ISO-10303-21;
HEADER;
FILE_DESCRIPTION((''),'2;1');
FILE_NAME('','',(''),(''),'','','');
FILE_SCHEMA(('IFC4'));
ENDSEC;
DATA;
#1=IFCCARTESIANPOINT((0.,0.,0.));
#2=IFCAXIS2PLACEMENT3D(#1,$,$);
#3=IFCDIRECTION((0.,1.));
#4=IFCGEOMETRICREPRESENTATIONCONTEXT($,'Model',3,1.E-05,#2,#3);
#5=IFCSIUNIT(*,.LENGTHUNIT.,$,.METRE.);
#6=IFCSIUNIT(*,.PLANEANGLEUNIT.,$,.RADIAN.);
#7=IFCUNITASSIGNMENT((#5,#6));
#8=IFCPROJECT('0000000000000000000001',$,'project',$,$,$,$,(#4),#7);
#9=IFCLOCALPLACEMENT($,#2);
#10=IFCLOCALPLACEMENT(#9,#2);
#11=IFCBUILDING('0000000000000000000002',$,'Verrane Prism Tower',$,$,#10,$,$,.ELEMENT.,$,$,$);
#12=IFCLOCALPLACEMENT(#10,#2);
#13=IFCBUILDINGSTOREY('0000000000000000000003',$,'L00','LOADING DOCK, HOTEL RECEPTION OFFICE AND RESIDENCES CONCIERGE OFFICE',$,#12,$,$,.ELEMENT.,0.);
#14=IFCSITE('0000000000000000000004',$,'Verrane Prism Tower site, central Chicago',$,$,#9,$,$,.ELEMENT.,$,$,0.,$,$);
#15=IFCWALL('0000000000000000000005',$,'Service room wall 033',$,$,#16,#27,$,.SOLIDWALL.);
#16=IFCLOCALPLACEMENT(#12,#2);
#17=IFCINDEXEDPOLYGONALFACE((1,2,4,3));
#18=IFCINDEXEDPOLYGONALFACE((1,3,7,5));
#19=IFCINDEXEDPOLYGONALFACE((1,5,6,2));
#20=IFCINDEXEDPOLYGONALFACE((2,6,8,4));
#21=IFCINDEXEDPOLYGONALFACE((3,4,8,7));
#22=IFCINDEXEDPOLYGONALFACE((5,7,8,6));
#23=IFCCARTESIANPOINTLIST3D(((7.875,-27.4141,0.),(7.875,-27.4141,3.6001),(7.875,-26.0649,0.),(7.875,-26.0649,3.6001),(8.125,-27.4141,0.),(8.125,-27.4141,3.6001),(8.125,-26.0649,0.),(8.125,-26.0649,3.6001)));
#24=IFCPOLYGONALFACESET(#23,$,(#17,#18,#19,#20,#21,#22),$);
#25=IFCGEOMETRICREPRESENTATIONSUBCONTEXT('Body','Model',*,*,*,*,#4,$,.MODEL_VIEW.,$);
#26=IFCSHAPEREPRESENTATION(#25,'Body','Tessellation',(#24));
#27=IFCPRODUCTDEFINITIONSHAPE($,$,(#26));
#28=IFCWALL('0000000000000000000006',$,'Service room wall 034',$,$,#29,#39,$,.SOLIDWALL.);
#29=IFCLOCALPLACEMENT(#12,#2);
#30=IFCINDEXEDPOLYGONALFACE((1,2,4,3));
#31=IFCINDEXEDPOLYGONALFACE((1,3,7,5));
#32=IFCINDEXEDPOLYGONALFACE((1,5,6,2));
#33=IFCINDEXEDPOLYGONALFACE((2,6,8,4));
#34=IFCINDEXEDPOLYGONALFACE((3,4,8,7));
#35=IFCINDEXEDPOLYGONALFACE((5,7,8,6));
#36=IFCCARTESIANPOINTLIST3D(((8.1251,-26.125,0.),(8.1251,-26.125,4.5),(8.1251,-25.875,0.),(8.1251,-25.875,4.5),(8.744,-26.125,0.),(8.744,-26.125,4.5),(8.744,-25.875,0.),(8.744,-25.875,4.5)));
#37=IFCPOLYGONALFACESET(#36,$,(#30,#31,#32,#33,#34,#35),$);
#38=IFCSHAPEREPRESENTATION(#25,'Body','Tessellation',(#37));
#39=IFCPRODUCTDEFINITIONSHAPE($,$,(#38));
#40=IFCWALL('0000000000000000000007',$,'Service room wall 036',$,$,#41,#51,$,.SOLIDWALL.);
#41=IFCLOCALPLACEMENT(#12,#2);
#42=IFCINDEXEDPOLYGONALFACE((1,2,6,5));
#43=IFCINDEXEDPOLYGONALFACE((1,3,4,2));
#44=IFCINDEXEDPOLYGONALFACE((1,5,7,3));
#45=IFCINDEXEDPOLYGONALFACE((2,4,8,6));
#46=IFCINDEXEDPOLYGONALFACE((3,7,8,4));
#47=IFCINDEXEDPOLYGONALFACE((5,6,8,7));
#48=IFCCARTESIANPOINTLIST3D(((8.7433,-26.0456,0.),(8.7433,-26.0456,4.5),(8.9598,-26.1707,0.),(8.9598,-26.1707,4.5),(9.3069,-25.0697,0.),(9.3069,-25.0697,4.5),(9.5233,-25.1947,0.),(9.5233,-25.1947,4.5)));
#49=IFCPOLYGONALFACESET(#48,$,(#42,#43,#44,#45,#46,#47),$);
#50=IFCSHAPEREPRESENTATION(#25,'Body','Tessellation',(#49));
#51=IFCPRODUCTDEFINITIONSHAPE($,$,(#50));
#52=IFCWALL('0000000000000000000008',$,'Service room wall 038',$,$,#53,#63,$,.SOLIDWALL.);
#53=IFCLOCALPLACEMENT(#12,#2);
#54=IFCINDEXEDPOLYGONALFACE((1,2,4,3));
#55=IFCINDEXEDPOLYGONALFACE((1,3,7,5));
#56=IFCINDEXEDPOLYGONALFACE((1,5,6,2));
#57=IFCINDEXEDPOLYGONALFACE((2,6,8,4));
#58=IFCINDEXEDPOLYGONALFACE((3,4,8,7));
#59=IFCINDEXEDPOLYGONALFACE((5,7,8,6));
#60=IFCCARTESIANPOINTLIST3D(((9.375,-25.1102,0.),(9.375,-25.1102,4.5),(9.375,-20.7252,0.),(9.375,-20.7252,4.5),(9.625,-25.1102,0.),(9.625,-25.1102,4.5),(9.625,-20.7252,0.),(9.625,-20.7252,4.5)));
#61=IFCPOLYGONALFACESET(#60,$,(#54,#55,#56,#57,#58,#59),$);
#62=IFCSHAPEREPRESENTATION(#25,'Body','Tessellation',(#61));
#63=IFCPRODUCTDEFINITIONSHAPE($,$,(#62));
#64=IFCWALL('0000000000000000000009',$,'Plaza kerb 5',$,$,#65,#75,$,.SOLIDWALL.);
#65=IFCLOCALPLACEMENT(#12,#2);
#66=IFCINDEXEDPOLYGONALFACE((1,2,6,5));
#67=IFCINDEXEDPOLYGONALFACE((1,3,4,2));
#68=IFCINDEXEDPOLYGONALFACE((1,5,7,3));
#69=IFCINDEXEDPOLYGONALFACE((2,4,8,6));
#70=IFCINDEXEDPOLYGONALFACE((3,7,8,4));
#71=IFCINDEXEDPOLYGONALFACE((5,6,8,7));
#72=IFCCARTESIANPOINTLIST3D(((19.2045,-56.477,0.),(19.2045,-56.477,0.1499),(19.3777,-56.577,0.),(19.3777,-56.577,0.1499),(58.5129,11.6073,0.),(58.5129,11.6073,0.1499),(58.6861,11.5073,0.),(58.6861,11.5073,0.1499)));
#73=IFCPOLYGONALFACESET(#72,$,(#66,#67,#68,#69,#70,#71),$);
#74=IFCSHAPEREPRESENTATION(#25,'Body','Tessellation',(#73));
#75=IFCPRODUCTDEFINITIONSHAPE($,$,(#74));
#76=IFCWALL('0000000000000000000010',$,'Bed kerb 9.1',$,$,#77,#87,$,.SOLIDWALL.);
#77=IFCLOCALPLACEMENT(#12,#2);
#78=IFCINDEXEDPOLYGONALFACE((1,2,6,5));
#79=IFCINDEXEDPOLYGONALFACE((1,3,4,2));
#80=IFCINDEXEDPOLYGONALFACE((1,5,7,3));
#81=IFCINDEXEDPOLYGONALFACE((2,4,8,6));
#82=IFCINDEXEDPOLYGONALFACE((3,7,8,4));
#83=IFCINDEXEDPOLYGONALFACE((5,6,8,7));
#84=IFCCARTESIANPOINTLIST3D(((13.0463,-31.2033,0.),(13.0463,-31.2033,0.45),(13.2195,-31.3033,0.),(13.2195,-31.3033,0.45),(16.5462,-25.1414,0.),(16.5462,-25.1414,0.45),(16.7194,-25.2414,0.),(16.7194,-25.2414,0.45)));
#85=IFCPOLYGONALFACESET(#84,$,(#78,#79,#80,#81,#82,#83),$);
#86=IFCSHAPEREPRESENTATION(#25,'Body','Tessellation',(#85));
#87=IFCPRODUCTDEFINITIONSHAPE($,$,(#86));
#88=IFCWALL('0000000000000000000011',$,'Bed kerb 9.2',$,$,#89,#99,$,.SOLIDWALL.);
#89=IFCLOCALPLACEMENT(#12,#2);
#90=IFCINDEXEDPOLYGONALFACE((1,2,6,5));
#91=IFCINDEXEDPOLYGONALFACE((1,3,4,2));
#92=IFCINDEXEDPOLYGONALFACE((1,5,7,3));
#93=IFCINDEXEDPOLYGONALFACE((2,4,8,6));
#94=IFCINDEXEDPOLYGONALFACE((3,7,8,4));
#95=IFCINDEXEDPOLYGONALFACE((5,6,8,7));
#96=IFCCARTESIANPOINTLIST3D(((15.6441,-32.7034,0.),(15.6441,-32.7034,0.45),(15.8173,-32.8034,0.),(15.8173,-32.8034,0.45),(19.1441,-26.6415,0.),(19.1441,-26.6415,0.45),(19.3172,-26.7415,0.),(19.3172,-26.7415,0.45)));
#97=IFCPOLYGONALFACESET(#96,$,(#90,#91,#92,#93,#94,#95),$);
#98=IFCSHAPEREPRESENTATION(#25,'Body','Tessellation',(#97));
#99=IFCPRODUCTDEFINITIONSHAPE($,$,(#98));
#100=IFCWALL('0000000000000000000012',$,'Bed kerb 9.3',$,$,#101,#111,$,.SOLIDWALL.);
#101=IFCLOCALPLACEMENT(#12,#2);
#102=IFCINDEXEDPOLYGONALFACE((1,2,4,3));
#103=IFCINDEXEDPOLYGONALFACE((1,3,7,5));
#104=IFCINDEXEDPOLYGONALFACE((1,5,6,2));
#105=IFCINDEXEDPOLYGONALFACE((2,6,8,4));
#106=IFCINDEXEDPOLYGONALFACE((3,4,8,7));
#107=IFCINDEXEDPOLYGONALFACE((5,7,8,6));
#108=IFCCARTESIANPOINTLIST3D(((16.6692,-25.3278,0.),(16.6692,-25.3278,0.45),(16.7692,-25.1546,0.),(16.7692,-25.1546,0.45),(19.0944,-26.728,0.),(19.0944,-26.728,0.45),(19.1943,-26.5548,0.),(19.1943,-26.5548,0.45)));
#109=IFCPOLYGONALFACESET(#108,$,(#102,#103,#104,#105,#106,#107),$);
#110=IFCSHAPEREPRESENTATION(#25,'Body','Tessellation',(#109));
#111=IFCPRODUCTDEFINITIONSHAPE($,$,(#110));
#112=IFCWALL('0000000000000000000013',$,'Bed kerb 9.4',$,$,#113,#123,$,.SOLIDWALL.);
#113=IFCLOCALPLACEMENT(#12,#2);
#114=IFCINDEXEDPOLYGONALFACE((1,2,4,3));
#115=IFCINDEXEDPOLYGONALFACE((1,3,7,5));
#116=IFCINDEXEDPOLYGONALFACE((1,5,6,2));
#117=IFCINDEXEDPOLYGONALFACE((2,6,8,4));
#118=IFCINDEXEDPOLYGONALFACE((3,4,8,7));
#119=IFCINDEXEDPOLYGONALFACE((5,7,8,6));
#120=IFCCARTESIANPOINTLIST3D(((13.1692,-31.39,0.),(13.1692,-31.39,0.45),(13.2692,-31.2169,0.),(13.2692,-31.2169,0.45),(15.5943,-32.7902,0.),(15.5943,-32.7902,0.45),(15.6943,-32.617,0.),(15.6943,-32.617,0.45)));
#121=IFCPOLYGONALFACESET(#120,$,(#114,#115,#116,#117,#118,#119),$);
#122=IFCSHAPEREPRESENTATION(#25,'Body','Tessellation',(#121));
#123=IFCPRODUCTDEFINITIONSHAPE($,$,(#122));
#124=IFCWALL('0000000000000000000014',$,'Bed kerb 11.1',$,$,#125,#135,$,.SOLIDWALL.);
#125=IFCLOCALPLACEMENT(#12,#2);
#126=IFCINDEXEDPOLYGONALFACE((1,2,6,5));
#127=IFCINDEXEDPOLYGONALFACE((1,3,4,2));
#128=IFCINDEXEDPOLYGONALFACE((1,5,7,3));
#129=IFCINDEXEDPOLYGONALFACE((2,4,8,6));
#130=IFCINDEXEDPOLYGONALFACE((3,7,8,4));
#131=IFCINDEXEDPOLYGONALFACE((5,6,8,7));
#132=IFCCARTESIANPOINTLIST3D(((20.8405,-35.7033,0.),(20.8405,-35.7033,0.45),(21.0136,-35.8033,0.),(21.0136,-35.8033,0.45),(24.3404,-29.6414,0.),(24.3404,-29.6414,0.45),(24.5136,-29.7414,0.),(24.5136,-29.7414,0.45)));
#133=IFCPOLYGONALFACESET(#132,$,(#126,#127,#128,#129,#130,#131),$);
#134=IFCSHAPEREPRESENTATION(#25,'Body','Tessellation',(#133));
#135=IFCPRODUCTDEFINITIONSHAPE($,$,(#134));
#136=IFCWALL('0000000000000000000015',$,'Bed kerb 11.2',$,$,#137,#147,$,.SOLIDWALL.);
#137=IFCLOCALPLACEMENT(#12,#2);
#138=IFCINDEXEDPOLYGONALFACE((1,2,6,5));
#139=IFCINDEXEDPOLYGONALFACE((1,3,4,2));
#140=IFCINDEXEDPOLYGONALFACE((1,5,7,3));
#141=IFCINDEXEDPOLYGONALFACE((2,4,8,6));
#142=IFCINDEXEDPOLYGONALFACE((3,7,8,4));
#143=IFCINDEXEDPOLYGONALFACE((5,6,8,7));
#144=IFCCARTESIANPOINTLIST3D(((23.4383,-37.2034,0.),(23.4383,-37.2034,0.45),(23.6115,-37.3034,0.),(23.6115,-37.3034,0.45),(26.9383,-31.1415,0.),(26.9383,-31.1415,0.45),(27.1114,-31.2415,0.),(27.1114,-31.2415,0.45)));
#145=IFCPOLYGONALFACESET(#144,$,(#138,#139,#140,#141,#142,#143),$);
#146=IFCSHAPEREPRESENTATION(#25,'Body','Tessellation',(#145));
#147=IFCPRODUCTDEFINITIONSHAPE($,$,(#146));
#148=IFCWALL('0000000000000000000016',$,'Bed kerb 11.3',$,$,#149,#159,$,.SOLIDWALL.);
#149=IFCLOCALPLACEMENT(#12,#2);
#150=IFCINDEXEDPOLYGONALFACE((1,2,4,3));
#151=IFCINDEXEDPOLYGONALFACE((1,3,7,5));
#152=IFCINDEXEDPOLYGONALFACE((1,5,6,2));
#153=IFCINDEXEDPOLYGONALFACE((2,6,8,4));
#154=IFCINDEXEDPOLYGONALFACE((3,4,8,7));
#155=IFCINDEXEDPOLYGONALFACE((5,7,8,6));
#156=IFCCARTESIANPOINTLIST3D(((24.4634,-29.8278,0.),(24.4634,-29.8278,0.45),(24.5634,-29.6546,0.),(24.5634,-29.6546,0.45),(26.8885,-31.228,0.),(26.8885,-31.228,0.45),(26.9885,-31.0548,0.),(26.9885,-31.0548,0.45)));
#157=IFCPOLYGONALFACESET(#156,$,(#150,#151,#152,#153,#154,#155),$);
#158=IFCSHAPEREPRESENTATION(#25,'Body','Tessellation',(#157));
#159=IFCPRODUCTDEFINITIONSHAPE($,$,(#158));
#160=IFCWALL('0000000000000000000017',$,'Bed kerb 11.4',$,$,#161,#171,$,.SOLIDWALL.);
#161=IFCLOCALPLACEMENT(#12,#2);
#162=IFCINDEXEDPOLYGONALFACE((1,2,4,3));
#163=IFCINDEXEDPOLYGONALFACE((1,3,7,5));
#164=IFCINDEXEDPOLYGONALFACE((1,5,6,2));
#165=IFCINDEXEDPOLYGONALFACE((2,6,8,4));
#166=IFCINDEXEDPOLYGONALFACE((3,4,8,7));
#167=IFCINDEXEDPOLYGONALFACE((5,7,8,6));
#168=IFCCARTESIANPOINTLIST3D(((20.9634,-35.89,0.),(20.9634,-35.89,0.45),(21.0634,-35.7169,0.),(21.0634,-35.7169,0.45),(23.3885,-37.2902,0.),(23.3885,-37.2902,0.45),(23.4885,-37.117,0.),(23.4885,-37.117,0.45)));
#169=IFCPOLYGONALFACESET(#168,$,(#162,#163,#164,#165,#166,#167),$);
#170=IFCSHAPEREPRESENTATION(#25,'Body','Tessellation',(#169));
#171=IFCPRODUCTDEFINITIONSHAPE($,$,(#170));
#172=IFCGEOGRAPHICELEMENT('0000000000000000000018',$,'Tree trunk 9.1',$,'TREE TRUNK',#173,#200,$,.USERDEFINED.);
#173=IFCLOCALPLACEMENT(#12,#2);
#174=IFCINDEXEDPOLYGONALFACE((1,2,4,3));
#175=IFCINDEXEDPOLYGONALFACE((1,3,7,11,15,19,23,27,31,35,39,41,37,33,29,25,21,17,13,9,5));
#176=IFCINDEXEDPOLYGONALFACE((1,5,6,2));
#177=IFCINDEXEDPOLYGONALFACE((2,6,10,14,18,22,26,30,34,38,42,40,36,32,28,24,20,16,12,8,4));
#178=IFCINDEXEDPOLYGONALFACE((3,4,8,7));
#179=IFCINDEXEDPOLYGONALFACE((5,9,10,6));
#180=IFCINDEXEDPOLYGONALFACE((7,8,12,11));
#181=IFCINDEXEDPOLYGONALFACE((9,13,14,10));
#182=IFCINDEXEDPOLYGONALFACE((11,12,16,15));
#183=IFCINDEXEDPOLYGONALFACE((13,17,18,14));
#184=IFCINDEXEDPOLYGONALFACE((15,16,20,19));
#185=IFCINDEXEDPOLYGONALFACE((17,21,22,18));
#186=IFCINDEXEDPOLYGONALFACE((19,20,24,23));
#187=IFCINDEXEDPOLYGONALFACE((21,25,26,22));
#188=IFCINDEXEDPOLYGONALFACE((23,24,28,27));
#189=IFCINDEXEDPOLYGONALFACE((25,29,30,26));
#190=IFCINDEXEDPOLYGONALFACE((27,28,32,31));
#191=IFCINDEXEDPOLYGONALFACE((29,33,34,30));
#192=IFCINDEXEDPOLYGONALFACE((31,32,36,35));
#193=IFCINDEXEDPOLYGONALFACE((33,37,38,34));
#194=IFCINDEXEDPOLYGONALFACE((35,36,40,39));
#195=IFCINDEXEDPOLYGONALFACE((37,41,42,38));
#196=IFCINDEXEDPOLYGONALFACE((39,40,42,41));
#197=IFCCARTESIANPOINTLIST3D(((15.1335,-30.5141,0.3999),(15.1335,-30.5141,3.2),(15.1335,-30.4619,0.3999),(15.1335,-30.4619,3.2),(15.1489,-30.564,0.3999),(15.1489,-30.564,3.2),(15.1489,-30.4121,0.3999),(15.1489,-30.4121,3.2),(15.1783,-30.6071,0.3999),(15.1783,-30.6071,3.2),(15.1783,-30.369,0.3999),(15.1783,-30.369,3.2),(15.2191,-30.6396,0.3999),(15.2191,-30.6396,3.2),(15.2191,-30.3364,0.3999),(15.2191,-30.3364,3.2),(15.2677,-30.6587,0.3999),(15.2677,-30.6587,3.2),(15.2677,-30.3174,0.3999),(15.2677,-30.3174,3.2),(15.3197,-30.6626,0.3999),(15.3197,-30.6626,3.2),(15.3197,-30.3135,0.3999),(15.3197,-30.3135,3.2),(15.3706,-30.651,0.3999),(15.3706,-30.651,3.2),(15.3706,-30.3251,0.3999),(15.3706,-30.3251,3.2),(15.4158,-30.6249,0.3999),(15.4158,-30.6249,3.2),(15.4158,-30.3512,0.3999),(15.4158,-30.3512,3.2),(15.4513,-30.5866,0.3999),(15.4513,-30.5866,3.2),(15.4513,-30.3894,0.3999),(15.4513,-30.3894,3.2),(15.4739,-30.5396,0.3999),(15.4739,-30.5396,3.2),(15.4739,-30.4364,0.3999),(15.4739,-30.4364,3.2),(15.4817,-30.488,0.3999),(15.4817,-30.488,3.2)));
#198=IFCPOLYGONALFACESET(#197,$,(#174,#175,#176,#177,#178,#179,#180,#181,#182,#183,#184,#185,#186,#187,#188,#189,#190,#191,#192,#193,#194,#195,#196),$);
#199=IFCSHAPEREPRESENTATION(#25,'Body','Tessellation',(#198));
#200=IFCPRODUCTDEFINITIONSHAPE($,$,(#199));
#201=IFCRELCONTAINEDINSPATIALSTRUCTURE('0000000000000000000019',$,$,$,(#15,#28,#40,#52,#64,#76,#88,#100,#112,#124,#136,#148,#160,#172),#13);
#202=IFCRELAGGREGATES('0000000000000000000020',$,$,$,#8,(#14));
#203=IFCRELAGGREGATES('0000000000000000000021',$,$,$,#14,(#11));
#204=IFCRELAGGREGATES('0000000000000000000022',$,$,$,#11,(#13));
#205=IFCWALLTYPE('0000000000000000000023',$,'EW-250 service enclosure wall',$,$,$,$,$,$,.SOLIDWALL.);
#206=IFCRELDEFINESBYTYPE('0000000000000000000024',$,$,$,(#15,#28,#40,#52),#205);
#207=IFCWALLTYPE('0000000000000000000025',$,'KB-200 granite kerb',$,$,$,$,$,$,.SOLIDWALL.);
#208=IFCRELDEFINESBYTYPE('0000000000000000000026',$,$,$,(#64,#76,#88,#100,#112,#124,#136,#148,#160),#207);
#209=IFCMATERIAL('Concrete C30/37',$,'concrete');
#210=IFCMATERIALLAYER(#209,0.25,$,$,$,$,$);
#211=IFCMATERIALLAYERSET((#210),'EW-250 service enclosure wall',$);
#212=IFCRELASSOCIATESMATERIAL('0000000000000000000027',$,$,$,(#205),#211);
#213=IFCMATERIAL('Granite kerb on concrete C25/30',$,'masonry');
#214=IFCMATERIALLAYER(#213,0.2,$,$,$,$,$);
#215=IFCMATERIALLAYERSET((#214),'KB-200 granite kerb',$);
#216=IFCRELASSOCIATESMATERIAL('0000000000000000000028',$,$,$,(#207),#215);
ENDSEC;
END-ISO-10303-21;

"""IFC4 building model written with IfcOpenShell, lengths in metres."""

from ifc_helpers import new_model, si_unit, direction, frame, frame_2d, origin, origin_2d, place, context, subcontext, project, spatial, rectangle, circle, extrude, material, layer, layer_set, type_object, element, save


model = new_model("IFC4")

# Units and contexts
model_context = context("Model", 3, precision=1e-05, world=origin(), true_north=direction((0.0, 1.0)))
body_context = subcontext(model_context, "Body", "Model", "MODEL_VIEW")
ifc_project = project(units=[si_unit("LENGTHUNIT", "METRE"), si_unit("PLANEANGLEUNIT", "RADIAN")], contexts=[model_context])

# Site, building, storey
site_placement = place(None, origin())
site = spatial("IfcSite", under=ifc_project, at=site_placement, Name="Verrane Prism Tower site, central Chicago", CompositionType="ELEMENT", RefElevation=0.0)
building_placement = place(site_placement, origin())
building = spatial("IfcBuilding", under=site, at=building_placement, Name="Verrane Prism Tower", CompositionType="ELEMENT")
storey_placement = place(building_placement, origin())
storey = spatial("IfcBuildingStorey", under=building, at=storey_placement, Name="L00", Description="LOADING DOCK, HOTEL RECEPTION OFFICE AND RESIDENCES CONCIERGE OFFICE", CompositionType="ELEMENT", Elevation=0.0)

# Walls
ifc_material_1 = material(Name="Concrete C30/37", Category="concrete")
ifc_layer_1 = layer(ifc_material_1, 0.25)
ifc_layer_set_1 = layer_set([ifc_layer_1], Name="EW-250 service enclosure wall")
wall_type_1 = type_object("IfcWallType", Name="EW-250 service enclosure wall", PredefinedType="SOLIDWALL", material=ifc_layer_set_1)
wall_1_placement = place(storey_placement, frame((8.0, -27.4141, 0.0), z_axis=(0.0, 0.0, 1.0), x_axis=(0.0, 1.0, 0.0)))
element("IfcWall", 1, at=wall_1_placement, inside=storey, type_object=wall_type_1, Name="Service room wall 033", PredefinedType="SOLIDWALL", context=body_context, shape_type="SweptSolid", body=[
    extrude(rectangle(XDim=1.3491, YDim=0.25, at=frame_2d((0.6746, 0.0))), origin(), (0.0, 0.0, 1.0), 3.6001),
])
wall_2_placement = place(storey_placement, frame((8.125, -26.0, 0.0), z_axis=(0.0, 0.0, 1.0), x_axis=(1.0, 0.0, 0.0)))
element("IfcWall", 2, at=wall_2_placement, inside=storey, type_object=wall_type_1, Name="Service room wall 034", PredefinedType="SOLIDWALL", context=body_context, shape_type="SweptSolid", body=[
    extrude(rectangle(XDim=0.6189, YDim=0.25, at=frame_2d((0.3096, 0.0))), origin(), (0.0, 0.0, 1.0), 4.5),
])
wall_3_placement = place(storey_placement, frame((8.8516, -26.1082, 0.0), z_axis=(0.0, 0.0, 1.0), x_axis=(0.500054, 0.865994, 0.0)))
element("IfcWall", 3, at=wall_3_placement, inside=storey, type_object=wall_type_1, Name="Service room wall 036", PredefinedType="SOLIDWALL", context=body_context, shape_type="SweptSolid", body=[
    extrude(rectangle(XDim=1.127, YDim=0.25, at=frame_2d((0.5635, 0.0))), origin(), (0.0, 0.0, 1.0), 4.5),
])
wall_4_placement = place(storey_placement, frame((9.5, -25.1101, 0.0), z_axis=(0.0, 0.0, 1.0), x_axis=(0.0, 1.0, 0.0)))
element("IfcWall", 4, at=wall_4_placement, inside=storey, type_object=wall_type_1, Name="Service room wall 038", PredefinedType="SOLIDWALL", context=body_context, shape_type="SweptSolid", body=[
    extrude(rectangle(XDim=4.385, YDim=0.25, at=frame_2d((2.1924, 0.0))), origin(), (0.0, 0.0, 1.0), 4.5),
])
ifc_material_2 = material(Name="Granite kerb on concrete C25/30", Category="masonry")
ifc_layer_2 = layer(ifc_material_2, 0.2)
ifc_layer_set_2 = layer_set([ifc_layer_2], Name="KB-200 granite kerb")
wall_type_2 = type_object("IfcWallType", Name="KB-200 granite kerb", PredefinedType="SOLIDWALL", material=ifc_layer_set_2)
wall_5_placement = place(storey_placement, frame((19.291, -56.5271, 0.0), z_axis=(0.0, 0.0, 1.0), x_axis=(0.499999, 0.866026, 0.0)))
element("IfcWall", 5, at=wall_5_placement, inside=storey, type_object=wall_type_2, Name="Plaza kerb 5", PredefinedType="SOLIDWALL", context=body_context, shape_type="SweptSolid", body=[
    extrude(rectangle(XDim=78.6169, YDim=0.2, at=frame_2d((39.3086, 0.0))), origin(), (0.0, 0.0, 1.0), 0.1499),
])
for number, where, z_axis, x_axis, name in (
    (6, (13.1328, -31.2534, 0.0), (0.0, 0.0, 1.0), (0.50001, 0.866019, 0.0), "Bed kerb 9.1"),
    (7, (19.2307, -26.6914, 0.0), (0.0, 0.0, 1.0), (-0.50001, -0.866019, 0.0), "Bed kerb 9.2"),
):
    element("IfcWall", number, at=place(storey_placement, frame(where, z_axis=z_axis, x_axis=x_axis)), inside=storey, type_object=wall_type_2, Name=name, PredefinedType="SOLIDWALL", context=body_context, shape_type="SweptSolid", body=[
        extrude(rectangle(XDim=6.9998, YDim=0.2, at=frame_2d((3.5, 0.0))), origin(), (0.0, 0.0, 1.0), 0.45),
    ])
for number, where, z_axis, x_axis, name in (
    (8, (16.7192, -25.2412, 0.0), (0.0, 0.0, 1.0), (0.866019, -0.500012, 0.0), "Bed kerb 9.3"),
    (9, (15.6443, -32.7036, 0.0), (0.0, 0.0, 1.0), (-0.866019, 0.500012, 0.0), "Bed kerb 9.4"),
):
    element("IfcWall", number, at=place(storey_placement, frame(where, z_axis=z_axis, x_axis=x_axis)), inside=storey, type_object=wall_type_2, Name=name, PredefinedType="SOLIDWALL", context=body_context, shape_type="SweptSolid", body=[
        extrude(rectangle(XDim=2.8003, YDim=0.2, at=frame_2d((1.4001, 0.0))), origin(), (0.0, 0.0, 1.0), 0.45),
    ])
for number, where, z_axis, x_axis, name in (
    (10, (20.927, -35.7534, 0.0), (0.0, 0.0, 1.0), (0.50001, 0.866019, 0.0), "Bed kerb 11.1"),
    (11, (27.0249, -31.1914, 0.0), (0.0, 0.0, 1.0), (-0.50001, -0.866019, 0.0), "Bed kerb 11.2"),
):
    element("IfcWall", number, at=place(storey_placement, frame(where, z_axis=z_axis, x_axis=x_axis)), inside=storey, type_object=wall_type_2, Name=name, PredefinedType="SOLIDWALL", context=body_context, shape_type="SweptSolid", body=[
        extrude(rectangle(XDim=6.9998, YDim=0.2, at=frame_2d((3.5, 0.0))), origin(), (0.0, 0.0, 1.0), 0.45),
    ])
for number, where, z_axis, x_axis, name in (
    (12, (24.5134, -29.7412, 0.0), (0.0, 0.0, 1.0), (0.866019, -0.500012, 0.0), "Bed kerb 11.3"),
    (13, (23.4385, -37.2036, 0.0), (0.0, 0.0, 1.0), (-0.866019, 0.500012, 0.0), "Bed kerb 11.4"),
):
    element("IfcWall", number, at=place(storey_placement, frame(where, z_axis=z_axis, x_axis=x_axis)), inside=storey, type_object=wall_type_2, Name=name, PredefinedType="SOLIDWALL", context=body_context, shape_type="SweptSolid", body=[
        extrude(rectangle(XDim=2.8003, YDim=0.2, at=frame_2d((1.4001, 0.0))), origin(), (0.0, 0.0, 1.0), 0.45),
    ])

# Geographic element
geographic_element_1_placement = place(storey_placement, frame((15.3066, -30.488, 3.2), z_axis=(0.0, 0.0, -1.0), x_axis=(1.0, 0.0, 0.0)))
element("IfcGeographicElement", 14, at=geographic_element_1_placement, inside=storey, Name="Tree trunk 9.1", ObjectType="TREE TRUNK", PredefinedType="USERDEFINED", context=body_context, shape_type="SweptSolid", body=[
    extrude(circle(Radius=0.175, at=origin_2d()), origin(), (0.0, 0.0, 1.0), 2.8),
])

save(model, "model.ifc")
